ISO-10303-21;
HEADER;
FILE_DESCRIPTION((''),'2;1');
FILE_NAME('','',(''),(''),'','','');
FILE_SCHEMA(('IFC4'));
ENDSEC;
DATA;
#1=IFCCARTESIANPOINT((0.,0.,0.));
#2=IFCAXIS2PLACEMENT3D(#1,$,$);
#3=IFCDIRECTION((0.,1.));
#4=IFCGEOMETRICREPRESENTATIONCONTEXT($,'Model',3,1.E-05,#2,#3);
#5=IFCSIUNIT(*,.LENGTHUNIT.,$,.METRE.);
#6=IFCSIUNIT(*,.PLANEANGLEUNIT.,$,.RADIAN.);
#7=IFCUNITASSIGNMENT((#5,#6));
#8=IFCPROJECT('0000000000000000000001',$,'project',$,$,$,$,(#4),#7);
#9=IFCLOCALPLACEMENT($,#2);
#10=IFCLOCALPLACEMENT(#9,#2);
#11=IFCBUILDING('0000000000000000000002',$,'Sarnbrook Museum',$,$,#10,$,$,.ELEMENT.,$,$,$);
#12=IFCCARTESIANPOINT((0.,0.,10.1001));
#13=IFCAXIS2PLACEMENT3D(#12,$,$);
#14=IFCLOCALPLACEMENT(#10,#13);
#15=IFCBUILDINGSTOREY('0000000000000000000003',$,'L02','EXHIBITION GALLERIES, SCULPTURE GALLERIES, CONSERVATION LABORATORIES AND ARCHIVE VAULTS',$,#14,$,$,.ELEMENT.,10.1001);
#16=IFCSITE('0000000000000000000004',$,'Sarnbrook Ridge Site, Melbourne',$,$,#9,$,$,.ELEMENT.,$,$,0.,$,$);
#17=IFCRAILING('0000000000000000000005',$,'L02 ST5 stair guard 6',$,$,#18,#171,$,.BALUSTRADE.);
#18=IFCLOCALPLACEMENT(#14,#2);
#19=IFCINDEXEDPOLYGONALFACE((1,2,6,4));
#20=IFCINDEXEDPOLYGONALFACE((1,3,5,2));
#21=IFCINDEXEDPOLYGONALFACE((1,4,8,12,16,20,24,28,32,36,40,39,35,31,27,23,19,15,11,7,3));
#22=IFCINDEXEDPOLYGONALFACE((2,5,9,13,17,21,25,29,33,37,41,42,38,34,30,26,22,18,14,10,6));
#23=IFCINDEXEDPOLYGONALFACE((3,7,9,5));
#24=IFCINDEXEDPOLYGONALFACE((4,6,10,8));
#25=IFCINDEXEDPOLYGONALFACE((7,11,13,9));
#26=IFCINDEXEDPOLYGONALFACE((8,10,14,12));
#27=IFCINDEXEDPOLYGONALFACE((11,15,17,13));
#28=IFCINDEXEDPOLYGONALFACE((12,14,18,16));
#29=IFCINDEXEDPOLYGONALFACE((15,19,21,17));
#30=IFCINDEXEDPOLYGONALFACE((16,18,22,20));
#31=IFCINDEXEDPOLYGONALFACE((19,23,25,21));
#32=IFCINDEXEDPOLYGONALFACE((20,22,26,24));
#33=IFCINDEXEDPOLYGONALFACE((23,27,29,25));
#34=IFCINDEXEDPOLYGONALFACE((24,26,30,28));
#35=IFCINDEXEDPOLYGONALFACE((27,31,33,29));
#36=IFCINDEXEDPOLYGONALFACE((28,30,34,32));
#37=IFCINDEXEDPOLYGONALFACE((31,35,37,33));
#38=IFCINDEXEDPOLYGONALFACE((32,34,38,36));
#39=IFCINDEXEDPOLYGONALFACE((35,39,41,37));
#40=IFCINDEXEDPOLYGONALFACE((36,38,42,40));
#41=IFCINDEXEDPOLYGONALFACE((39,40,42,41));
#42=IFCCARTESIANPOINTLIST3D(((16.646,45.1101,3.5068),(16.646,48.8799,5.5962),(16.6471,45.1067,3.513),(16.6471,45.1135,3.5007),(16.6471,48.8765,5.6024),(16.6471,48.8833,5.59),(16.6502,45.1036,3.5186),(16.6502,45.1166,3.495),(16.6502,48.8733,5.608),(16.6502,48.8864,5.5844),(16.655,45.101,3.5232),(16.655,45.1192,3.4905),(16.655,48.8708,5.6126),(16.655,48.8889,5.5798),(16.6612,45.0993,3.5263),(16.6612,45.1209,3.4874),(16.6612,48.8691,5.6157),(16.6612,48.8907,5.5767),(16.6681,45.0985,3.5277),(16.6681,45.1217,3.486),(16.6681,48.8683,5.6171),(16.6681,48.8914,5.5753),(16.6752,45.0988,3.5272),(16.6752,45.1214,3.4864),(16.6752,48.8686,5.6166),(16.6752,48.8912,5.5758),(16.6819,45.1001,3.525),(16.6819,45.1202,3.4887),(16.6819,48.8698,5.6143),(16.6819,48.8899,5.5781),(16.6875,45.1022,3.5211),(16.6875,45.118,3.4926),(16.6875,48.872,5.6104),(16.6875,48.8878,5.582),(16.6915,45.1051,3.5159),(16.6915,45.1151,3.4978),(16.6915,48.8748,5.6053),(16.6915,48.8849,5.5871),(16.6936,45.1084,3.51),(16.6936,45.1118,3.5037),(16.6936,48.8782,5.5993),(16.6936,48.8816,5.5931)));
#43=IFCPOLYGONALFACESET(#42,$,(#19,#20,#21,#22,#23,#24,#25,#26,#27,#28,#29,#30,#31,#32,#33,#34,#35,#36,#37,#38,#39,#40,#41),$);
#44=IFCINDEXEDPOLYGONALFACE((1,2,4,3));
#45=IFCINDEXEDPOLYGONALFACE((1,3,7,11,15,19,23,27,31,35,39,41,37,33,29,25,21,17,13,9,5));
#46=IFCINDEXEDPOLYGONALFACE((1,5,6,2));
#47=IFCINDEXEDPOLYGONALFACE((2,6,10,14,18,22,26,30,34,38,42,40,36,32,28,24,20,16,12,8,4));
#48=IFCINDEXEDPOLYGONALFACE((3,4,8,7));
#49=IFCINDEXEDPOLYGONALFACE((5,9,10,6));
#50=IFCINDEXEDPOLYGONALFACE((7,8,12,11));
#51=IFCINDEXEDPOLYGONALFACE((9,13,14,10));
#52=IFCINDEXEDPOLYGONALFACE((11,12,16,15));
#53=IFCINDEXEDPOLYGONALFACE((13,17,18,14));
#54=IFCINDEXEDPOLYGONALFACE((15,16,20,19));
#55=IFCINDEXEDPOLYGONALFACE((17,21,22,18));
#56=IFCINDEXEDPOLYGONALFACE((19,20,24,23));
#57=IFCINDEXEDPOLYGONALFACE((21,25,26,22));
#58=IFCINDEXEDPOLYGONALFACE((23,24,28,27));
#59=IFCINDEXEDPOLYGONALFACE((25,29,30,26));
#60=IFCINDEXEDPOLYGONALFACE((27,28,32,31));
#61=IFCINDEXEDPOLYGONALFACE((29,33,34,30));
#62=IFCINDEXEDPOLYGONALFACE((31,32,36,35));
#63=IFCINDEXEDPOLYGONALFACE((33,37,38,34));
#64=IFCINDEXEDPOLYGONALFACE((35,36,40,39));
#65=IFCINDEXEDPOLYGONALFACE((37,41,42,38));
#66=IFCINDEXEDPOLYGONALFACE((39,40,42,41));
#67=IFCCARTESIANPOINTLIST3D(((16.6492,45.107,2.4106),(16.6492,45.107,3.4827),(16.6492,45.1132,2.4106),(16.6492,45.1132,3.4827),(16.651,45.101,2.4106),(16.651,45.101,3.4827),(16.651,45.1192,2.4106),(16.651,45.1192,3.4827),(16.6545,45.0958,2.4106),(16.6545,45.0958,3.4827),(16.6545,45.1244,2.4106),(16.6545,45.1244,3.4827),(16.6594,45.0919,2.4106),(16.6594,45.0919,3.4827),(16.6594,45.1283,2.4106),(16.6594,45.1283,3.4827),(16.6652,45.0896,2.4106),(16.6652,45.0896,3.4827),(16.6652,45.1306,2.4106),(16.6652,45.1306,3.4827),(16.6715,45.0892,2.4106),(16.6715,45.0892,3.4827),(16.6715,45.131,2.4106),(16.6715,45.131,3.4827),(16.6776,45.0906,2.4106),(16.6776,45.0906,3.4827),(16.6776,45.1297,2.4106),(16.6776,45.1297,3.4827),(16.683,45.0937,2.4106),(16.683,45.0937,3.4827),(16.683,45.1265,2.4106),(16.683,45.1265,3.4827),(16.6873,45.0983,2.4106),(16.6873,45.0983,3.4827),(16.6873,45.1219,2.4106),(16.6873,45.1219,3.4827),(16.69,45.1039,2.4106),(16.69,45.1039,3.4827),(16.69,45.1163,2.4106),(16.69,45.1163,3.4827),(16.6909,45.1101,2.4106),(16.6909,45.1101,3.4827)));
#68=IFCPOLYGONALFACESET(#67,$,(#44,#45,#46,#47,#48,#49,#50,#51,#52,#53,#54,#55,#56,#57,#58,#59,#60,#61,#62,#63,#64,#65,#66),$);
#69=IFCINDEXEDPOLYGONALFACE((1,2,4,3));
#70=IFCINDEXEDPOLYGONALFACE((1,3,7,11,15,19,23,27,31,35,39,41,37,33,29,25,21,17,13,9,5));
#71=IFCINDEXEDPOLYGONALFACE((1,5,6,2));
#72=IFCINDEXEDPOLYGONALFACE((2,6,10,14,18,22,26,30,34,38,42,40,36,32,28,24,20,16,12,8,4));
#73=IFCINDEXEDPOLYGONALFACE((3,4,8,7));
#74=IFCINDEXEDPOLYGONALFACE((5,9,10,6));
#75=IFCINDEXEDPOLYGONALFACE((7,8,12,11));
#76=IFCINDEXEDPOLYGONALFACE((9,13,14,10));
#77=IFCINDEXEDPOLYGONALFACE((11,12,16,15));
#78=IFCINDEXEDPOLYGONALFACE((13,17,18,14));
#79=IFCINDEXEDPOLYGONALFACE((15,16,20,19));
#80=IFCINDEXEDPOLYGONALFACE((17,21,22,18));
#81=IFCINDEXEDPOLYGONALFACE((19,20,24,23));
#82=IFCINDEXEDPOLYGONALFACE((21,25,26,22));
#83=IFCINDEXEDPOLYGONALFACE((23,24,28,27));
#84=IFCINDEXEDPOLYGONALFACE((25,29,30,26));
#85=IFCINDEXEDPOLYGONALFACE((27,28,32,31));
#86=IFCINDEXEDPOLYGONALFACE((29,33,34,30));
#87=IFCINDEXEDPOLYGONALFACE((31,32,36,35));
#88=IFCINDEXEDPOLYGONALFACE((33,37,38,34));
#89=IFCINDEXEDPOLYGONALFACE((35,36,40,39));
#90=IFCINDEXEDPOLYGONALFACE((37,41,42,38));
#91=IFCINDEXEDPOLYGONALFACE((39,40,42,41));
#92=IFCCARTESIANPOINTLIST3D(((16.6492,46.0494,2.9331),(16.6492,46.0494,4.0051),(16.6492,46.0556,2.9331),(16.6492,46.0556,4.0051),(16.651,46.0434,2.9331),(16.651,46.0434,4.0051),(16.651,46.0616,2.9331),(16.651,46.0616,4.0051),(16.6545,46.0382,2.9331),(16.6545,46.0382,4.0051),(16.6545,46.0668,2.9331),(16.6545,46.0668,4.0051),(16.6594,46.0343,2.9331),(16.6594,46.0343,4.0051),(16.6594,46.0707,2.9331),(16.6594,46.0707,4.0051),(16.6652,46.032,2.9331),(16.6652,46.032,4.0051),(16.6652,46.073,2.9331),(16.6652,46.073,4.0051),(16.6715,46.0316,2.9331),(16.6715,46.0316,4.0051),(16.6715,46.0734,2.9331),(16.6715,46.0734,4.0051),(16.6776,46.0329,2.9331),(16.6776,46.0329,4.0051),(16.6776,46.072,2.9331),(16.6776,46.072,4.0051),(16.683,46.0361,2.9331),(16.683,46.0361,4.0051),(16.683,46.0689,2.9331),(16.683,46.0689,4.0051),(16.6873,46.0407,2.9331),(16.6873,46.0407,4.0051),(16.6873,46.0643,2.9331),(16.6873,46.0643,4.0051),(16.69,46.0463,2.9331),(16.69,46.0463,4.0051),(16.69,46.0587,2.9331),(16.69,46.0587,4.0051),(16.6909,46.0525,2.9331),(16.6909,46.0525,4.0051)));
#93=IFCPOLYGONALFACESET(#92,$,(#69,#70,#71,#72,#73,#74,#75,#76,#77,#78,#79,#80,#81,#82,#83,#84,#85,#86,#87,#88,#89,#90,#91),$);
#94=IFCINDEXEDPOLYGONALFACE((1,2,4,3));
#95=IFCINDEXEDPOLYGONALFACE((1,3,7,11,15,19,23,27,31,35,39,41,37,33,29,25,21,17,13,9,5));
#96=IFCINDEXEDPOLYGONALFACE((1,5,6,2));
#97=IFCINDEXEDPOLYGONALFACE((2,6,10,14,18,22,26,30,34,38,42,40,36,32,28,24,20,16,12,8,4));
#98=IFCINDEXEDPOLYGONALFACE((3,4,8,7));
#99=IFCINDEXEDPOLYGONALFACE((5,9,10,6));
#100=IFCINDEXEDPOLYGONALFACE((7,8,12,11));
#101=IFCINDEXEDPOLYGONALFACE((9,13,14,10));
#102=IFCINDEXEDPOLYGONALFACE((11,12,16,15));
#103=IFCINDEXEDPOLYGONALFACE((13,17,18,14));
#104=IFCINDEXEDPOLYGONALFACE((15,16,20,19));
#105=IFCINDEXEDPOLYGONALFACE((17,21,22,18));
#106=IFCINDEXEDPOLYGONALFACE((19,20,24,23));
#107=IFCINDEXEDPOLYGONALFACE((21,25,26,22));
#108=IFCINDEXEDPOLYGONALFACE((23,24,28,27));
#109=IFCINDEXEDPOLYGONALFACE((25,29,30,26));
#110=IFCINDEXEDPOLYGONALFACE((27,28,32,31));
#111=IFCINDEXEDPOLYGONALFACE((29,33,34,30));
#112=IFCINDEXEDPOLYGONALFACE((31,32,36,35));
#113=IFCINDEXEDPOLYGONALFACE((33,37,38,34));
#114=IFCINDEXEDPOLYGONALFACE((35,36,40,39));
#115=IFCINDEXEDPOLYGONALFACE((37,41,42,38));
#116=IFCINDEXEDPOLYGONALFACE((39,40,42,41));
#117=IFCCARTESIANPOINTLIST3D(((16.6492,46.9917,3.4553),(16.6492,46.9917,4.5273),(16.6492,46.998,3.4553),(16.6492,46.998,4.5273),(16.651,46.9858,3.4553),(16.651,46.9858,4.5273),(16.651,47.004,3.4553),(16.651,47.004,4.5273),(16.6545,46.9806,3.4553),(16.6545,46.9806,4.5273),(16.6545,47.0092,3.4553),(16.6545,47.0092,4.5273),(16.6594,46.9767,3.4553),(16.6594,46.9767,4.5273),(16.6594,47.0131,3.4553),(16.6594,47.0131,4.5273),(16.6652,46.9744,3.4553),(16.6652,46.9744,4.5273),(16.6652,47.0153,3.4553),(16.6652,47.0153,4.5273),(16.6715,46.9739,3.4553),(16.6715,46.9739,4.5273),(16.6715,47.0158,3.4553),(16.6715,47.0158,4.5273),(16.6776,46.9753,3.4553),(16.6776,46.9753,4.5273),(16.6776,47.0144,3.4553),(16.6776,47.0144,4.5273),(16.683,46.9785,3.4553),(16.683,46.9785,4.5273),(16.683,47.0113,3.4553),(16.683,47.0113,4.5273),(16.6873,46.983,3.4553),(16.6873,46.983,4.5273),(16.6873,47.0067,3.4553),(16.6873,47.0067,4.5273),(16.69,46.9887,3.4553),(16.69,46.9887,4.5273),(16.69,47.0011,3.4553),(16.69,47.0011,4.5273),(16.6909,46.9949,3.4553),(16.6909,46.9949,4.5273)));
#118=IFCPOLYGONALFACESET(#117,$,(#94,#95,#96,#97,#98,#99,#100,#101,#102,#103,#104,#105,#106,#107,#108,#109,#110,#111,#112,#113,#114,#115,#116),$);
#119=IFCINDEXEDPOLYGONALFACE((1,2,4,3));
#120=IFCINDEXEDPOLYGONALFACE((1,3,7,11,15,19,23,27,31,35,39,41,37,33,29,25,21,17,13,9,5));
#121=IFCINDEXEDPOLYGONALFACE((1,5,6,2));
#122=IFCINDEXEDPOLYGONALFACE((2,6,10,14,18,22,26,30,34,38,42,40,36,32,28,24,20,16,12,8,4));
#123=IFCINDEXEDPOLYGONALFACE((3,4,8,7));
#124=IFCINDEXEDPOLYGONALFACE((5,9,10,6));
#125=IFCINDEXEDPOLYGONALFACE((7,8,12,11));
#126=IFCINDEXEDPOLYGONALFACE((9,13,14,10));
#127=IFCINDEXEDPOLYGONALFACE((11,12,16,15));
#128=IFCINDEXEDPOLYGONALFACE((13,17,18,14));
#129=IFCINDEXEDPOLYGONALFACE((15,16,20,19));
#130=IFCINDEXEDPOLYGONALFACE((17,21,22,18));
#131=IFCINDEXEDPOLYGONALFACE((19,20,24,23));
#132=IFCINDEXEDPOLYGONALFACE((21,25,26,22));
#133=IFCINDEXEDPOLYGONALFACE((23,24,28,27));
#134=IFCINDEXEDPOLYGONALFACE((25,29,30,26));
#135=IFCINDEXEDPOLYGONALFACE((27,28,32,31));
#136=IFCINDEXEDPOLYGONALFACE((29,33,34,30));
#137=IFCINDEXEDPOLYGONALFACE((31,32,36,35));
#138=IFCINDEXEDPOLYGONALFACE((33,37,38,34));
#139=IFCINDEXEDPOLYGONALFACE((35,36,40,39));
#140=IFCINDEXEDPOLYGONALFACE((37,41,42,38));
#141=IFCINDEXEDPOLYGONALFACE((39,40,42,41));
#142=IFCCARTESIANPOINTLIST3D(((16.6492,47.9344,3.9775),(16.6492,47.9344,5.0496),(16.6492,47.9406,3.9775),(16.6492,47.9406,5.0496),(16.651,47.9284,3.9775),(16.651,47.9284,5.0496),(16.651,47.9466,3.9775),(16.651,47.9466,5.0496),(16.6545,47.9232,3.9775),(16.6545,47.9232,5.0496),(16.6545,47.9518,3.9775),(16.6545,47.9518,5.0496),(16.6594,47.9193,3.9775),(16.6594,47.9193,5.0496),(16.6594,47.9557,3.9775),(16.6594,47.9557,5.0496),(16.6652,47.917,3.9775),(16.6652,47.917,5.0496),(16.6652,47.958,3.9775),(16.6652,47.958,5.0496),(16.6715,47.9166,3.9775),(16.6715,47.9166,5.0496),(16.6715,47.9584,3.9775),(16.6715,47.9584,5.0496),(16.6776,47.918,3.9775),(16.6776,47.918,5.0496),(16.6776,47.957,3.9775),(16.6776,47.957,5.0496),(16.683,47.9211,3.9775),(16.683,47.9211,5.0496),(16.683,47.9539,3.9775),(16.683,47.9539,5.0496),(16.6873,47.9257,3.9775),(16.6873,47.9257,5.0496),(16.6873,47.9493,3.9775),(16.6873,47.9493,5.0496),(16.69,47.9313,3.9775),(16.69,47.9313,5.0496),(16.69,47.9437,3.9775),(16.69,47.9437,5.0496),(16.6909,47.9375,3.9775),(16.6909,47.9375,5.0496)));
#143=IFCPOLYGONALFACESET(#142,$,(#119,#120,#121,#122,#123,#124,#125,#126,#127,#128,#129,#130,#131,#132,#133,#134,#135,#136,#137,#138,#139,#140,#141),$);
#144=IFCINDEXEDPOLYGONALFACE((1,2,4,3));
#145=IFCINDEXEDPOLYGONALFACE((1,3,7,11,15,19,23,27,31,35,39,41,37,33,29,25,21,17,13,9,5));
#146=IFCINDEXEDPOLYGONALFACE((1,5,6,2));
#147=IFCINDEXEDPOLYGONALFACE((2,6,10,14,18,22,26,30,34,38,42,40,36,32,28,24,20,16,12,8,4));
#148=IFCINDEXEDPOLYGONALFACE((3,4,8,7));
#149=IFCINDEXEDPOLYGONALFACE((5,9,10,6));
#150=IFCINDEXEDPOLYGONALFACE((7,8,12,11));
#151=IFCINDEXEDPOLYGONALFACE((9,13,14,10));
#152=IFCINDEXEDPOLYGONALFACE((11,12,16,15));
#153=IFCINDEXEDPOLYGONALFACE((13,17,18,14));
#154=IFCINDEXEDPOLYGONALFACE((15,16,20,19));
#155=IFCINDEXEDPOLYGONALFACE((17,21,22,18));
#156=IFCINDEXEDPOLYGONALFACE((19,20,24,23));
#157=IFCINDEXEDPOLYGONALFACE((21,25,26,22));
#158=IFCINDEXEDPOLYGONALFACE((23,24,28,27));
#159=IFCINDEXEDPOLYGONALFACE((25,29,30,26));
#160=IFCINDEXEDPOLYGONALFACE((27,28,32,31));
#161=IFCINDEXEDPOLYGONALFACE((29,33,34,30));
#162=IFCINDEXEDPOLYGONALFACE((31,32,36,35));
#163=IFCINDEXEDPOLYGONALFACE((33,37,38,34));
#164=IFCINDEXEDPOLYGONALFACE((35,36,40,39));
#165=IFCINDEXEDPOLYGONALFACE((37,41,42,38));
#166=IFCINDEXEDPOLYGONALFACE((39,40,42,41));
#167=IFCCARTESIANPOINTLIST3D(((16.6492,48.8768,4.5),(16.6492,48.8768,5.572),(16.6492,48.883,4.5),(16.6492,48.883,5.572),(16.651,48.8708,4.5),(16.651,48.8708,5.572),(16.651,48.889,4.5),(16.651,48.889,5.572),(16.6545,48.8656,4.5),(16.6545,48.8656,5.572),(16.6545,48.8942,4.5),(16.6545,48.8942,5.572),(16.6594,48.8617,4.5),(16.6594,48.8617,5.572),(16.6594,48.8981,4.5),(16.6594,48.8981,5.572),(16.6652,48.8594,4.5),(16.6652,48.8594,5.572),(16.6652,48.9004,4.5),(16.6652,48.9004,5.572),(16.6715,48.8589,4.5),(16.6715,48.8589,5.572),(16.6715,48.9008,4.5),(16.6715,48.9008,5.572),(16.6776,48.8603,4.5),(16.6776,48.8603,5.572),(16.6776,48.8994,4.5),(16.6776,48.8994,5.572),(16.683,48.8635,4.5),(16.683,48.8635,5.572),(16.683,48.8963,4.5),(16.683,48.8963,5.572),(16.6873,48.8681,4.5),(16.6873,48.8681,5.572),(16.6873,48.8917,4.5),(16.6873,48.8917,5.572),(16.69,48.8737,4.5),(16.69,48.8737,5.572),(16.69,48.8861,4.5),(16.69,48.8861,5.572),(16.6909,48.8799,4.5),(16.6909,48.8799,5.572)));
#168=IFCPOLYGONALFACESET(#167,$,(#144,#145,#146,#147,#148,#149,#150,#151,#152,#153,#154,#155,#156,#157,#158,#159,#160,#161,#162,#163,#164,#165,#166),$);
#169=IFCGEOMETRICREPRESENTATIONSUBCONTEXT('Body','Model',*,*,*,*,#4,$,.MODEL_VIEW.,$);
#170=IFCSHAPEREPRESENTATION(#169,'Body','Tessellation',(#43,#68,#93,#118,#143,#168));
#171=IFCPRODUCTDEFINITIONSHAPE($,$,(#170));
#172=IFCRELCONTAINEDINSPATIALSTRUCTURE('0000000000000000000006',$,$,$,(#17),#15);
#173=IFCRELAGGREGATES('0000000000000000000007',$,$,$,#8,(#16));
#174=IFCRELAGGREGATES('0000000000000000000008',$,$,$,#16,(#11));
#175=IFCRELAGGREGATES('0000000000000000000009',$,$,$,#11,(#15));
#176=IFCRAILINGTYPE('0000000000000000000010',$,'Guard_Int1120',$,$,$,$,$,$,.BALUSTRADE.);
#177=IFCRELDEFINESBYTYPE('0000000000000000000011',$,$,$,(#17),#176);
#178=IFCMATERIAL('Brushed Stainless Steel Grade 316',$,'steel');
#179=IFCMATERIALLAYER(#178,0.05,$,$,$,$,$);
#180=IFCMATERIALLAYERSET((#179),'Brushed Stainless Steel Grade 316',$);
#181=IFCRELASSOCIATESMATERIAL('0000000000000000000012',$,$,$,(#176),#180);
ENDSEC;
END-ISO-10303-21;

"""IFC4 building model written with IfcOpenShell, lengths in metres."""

from ifc_helpers import new_model, si_unit, direction, frame, origin, origin_2d, place, context, subcontext, project, spatial, circle, extrude, material, layer, layer_set, type_object, element, save


model = new_model("IFC4")

# Units and contexts
model_context = context("Model", 3, precision=1e-05, world=origin(), true_north=direction((0.0, 1.0)))
body_context = subcontext(model_context, "Body", "Model", "MODEL_VIEW")
ifc_project = project(units=[si_unit("LENGTHUNIT", "METRE"), si_unit("PLANEANGLEUNIT", "RADIAN")], contexts=[model_context])

# Site, building, storey
site_placement = place(None, origin())
site = spatial("IfcSite", under=ifc_project, at=site_placement, Name="Sarnbrook Ridge Site, Melbourne", CompositionType="ELEMENT", RefElevation=0.0)
building_placement = place(site_placement, origin())
building = spatial("IfcBuilding", under=site, at=building_placement, Name="Sarnbrook Museum", CompositionType="ELEMENT")
storey_placement = place(building_placement, frame((0.0, 0.0, 10.1001)))
storey = spatial("IfcBuildingStorey", under=building, at=storey_placement, Name="L02", Description="EXHIBITION GALLERIES, SCULPTURE GALLERIES, CONSERVATION LABORATORIES AND ARCHIVE VAULTS", CompositionType="ELEMENT", Elevation=10.1001)

# Railing
ifc_material_1 = material(Name="Brushed Stainless Steel Grade 316", Category="steel")
ifc_layer_1 = layer(ifc_material_1, 0.05)
ifc_layer_set_1 = layer_set([ifc_layer_1], Name="Brushed Stainless Steel Grade 316")
railing_type_1 = type_object("IfcRailingType", Name="Guard_Int1120", PredefinedType="BALUSTRADE", material=ifc_layer_set_1)
railing_1_placement = place(storey_placement, frame((16.6699, 45.1101, 2.4106)))
element("IfcRailing", 1, at=railing_1_placement, inside=storey, type_object=railing_type_1, Name="L02 ST5 stair guard 6", PredefinedType="BALUSTRADE", context=body_context, shape_type="SweptSolid", body=[
    extrude(circle(Radius=0.0239, at=origin_2d()), frame((0.0, 0.0, 1.0962), z_axis=(0.0, 0.874646, 0.484763), x_axis=(-1.0, 0.0, 0.0)), (0.0, 0.0, 1.0), 4.3101),
    extrude(circle(Radius=0.021, at=origin_2d()), origin(), (0.0, 0.0, 1.0), 1.072),
    extrude(circle(Radius=0.021, at=origin_2d()), frame((0.0, 0.9424, 0.5225)), (0.0, 0.0, 1.0), 1.072),
    extrude(circle(Radius=0.021, at=origin_2d()), frame((0.0, 1.8848, 1.0447)), (0.0, 0.0, 1.0), 1.072),
    extrude(circle(Radius=0.021, at=origin_2d()), frame((0.0, 2.8274, 1.5669)), (0.0, 0.0, 1.0), 1.072),
    extrude(circle(Radius=0.021, at=origin_2d()), frame((0.0, 3.7698, 2.0894)), (0.0, 0.0, 1.0), 1.072),
])

save(model, "model.ifc")
